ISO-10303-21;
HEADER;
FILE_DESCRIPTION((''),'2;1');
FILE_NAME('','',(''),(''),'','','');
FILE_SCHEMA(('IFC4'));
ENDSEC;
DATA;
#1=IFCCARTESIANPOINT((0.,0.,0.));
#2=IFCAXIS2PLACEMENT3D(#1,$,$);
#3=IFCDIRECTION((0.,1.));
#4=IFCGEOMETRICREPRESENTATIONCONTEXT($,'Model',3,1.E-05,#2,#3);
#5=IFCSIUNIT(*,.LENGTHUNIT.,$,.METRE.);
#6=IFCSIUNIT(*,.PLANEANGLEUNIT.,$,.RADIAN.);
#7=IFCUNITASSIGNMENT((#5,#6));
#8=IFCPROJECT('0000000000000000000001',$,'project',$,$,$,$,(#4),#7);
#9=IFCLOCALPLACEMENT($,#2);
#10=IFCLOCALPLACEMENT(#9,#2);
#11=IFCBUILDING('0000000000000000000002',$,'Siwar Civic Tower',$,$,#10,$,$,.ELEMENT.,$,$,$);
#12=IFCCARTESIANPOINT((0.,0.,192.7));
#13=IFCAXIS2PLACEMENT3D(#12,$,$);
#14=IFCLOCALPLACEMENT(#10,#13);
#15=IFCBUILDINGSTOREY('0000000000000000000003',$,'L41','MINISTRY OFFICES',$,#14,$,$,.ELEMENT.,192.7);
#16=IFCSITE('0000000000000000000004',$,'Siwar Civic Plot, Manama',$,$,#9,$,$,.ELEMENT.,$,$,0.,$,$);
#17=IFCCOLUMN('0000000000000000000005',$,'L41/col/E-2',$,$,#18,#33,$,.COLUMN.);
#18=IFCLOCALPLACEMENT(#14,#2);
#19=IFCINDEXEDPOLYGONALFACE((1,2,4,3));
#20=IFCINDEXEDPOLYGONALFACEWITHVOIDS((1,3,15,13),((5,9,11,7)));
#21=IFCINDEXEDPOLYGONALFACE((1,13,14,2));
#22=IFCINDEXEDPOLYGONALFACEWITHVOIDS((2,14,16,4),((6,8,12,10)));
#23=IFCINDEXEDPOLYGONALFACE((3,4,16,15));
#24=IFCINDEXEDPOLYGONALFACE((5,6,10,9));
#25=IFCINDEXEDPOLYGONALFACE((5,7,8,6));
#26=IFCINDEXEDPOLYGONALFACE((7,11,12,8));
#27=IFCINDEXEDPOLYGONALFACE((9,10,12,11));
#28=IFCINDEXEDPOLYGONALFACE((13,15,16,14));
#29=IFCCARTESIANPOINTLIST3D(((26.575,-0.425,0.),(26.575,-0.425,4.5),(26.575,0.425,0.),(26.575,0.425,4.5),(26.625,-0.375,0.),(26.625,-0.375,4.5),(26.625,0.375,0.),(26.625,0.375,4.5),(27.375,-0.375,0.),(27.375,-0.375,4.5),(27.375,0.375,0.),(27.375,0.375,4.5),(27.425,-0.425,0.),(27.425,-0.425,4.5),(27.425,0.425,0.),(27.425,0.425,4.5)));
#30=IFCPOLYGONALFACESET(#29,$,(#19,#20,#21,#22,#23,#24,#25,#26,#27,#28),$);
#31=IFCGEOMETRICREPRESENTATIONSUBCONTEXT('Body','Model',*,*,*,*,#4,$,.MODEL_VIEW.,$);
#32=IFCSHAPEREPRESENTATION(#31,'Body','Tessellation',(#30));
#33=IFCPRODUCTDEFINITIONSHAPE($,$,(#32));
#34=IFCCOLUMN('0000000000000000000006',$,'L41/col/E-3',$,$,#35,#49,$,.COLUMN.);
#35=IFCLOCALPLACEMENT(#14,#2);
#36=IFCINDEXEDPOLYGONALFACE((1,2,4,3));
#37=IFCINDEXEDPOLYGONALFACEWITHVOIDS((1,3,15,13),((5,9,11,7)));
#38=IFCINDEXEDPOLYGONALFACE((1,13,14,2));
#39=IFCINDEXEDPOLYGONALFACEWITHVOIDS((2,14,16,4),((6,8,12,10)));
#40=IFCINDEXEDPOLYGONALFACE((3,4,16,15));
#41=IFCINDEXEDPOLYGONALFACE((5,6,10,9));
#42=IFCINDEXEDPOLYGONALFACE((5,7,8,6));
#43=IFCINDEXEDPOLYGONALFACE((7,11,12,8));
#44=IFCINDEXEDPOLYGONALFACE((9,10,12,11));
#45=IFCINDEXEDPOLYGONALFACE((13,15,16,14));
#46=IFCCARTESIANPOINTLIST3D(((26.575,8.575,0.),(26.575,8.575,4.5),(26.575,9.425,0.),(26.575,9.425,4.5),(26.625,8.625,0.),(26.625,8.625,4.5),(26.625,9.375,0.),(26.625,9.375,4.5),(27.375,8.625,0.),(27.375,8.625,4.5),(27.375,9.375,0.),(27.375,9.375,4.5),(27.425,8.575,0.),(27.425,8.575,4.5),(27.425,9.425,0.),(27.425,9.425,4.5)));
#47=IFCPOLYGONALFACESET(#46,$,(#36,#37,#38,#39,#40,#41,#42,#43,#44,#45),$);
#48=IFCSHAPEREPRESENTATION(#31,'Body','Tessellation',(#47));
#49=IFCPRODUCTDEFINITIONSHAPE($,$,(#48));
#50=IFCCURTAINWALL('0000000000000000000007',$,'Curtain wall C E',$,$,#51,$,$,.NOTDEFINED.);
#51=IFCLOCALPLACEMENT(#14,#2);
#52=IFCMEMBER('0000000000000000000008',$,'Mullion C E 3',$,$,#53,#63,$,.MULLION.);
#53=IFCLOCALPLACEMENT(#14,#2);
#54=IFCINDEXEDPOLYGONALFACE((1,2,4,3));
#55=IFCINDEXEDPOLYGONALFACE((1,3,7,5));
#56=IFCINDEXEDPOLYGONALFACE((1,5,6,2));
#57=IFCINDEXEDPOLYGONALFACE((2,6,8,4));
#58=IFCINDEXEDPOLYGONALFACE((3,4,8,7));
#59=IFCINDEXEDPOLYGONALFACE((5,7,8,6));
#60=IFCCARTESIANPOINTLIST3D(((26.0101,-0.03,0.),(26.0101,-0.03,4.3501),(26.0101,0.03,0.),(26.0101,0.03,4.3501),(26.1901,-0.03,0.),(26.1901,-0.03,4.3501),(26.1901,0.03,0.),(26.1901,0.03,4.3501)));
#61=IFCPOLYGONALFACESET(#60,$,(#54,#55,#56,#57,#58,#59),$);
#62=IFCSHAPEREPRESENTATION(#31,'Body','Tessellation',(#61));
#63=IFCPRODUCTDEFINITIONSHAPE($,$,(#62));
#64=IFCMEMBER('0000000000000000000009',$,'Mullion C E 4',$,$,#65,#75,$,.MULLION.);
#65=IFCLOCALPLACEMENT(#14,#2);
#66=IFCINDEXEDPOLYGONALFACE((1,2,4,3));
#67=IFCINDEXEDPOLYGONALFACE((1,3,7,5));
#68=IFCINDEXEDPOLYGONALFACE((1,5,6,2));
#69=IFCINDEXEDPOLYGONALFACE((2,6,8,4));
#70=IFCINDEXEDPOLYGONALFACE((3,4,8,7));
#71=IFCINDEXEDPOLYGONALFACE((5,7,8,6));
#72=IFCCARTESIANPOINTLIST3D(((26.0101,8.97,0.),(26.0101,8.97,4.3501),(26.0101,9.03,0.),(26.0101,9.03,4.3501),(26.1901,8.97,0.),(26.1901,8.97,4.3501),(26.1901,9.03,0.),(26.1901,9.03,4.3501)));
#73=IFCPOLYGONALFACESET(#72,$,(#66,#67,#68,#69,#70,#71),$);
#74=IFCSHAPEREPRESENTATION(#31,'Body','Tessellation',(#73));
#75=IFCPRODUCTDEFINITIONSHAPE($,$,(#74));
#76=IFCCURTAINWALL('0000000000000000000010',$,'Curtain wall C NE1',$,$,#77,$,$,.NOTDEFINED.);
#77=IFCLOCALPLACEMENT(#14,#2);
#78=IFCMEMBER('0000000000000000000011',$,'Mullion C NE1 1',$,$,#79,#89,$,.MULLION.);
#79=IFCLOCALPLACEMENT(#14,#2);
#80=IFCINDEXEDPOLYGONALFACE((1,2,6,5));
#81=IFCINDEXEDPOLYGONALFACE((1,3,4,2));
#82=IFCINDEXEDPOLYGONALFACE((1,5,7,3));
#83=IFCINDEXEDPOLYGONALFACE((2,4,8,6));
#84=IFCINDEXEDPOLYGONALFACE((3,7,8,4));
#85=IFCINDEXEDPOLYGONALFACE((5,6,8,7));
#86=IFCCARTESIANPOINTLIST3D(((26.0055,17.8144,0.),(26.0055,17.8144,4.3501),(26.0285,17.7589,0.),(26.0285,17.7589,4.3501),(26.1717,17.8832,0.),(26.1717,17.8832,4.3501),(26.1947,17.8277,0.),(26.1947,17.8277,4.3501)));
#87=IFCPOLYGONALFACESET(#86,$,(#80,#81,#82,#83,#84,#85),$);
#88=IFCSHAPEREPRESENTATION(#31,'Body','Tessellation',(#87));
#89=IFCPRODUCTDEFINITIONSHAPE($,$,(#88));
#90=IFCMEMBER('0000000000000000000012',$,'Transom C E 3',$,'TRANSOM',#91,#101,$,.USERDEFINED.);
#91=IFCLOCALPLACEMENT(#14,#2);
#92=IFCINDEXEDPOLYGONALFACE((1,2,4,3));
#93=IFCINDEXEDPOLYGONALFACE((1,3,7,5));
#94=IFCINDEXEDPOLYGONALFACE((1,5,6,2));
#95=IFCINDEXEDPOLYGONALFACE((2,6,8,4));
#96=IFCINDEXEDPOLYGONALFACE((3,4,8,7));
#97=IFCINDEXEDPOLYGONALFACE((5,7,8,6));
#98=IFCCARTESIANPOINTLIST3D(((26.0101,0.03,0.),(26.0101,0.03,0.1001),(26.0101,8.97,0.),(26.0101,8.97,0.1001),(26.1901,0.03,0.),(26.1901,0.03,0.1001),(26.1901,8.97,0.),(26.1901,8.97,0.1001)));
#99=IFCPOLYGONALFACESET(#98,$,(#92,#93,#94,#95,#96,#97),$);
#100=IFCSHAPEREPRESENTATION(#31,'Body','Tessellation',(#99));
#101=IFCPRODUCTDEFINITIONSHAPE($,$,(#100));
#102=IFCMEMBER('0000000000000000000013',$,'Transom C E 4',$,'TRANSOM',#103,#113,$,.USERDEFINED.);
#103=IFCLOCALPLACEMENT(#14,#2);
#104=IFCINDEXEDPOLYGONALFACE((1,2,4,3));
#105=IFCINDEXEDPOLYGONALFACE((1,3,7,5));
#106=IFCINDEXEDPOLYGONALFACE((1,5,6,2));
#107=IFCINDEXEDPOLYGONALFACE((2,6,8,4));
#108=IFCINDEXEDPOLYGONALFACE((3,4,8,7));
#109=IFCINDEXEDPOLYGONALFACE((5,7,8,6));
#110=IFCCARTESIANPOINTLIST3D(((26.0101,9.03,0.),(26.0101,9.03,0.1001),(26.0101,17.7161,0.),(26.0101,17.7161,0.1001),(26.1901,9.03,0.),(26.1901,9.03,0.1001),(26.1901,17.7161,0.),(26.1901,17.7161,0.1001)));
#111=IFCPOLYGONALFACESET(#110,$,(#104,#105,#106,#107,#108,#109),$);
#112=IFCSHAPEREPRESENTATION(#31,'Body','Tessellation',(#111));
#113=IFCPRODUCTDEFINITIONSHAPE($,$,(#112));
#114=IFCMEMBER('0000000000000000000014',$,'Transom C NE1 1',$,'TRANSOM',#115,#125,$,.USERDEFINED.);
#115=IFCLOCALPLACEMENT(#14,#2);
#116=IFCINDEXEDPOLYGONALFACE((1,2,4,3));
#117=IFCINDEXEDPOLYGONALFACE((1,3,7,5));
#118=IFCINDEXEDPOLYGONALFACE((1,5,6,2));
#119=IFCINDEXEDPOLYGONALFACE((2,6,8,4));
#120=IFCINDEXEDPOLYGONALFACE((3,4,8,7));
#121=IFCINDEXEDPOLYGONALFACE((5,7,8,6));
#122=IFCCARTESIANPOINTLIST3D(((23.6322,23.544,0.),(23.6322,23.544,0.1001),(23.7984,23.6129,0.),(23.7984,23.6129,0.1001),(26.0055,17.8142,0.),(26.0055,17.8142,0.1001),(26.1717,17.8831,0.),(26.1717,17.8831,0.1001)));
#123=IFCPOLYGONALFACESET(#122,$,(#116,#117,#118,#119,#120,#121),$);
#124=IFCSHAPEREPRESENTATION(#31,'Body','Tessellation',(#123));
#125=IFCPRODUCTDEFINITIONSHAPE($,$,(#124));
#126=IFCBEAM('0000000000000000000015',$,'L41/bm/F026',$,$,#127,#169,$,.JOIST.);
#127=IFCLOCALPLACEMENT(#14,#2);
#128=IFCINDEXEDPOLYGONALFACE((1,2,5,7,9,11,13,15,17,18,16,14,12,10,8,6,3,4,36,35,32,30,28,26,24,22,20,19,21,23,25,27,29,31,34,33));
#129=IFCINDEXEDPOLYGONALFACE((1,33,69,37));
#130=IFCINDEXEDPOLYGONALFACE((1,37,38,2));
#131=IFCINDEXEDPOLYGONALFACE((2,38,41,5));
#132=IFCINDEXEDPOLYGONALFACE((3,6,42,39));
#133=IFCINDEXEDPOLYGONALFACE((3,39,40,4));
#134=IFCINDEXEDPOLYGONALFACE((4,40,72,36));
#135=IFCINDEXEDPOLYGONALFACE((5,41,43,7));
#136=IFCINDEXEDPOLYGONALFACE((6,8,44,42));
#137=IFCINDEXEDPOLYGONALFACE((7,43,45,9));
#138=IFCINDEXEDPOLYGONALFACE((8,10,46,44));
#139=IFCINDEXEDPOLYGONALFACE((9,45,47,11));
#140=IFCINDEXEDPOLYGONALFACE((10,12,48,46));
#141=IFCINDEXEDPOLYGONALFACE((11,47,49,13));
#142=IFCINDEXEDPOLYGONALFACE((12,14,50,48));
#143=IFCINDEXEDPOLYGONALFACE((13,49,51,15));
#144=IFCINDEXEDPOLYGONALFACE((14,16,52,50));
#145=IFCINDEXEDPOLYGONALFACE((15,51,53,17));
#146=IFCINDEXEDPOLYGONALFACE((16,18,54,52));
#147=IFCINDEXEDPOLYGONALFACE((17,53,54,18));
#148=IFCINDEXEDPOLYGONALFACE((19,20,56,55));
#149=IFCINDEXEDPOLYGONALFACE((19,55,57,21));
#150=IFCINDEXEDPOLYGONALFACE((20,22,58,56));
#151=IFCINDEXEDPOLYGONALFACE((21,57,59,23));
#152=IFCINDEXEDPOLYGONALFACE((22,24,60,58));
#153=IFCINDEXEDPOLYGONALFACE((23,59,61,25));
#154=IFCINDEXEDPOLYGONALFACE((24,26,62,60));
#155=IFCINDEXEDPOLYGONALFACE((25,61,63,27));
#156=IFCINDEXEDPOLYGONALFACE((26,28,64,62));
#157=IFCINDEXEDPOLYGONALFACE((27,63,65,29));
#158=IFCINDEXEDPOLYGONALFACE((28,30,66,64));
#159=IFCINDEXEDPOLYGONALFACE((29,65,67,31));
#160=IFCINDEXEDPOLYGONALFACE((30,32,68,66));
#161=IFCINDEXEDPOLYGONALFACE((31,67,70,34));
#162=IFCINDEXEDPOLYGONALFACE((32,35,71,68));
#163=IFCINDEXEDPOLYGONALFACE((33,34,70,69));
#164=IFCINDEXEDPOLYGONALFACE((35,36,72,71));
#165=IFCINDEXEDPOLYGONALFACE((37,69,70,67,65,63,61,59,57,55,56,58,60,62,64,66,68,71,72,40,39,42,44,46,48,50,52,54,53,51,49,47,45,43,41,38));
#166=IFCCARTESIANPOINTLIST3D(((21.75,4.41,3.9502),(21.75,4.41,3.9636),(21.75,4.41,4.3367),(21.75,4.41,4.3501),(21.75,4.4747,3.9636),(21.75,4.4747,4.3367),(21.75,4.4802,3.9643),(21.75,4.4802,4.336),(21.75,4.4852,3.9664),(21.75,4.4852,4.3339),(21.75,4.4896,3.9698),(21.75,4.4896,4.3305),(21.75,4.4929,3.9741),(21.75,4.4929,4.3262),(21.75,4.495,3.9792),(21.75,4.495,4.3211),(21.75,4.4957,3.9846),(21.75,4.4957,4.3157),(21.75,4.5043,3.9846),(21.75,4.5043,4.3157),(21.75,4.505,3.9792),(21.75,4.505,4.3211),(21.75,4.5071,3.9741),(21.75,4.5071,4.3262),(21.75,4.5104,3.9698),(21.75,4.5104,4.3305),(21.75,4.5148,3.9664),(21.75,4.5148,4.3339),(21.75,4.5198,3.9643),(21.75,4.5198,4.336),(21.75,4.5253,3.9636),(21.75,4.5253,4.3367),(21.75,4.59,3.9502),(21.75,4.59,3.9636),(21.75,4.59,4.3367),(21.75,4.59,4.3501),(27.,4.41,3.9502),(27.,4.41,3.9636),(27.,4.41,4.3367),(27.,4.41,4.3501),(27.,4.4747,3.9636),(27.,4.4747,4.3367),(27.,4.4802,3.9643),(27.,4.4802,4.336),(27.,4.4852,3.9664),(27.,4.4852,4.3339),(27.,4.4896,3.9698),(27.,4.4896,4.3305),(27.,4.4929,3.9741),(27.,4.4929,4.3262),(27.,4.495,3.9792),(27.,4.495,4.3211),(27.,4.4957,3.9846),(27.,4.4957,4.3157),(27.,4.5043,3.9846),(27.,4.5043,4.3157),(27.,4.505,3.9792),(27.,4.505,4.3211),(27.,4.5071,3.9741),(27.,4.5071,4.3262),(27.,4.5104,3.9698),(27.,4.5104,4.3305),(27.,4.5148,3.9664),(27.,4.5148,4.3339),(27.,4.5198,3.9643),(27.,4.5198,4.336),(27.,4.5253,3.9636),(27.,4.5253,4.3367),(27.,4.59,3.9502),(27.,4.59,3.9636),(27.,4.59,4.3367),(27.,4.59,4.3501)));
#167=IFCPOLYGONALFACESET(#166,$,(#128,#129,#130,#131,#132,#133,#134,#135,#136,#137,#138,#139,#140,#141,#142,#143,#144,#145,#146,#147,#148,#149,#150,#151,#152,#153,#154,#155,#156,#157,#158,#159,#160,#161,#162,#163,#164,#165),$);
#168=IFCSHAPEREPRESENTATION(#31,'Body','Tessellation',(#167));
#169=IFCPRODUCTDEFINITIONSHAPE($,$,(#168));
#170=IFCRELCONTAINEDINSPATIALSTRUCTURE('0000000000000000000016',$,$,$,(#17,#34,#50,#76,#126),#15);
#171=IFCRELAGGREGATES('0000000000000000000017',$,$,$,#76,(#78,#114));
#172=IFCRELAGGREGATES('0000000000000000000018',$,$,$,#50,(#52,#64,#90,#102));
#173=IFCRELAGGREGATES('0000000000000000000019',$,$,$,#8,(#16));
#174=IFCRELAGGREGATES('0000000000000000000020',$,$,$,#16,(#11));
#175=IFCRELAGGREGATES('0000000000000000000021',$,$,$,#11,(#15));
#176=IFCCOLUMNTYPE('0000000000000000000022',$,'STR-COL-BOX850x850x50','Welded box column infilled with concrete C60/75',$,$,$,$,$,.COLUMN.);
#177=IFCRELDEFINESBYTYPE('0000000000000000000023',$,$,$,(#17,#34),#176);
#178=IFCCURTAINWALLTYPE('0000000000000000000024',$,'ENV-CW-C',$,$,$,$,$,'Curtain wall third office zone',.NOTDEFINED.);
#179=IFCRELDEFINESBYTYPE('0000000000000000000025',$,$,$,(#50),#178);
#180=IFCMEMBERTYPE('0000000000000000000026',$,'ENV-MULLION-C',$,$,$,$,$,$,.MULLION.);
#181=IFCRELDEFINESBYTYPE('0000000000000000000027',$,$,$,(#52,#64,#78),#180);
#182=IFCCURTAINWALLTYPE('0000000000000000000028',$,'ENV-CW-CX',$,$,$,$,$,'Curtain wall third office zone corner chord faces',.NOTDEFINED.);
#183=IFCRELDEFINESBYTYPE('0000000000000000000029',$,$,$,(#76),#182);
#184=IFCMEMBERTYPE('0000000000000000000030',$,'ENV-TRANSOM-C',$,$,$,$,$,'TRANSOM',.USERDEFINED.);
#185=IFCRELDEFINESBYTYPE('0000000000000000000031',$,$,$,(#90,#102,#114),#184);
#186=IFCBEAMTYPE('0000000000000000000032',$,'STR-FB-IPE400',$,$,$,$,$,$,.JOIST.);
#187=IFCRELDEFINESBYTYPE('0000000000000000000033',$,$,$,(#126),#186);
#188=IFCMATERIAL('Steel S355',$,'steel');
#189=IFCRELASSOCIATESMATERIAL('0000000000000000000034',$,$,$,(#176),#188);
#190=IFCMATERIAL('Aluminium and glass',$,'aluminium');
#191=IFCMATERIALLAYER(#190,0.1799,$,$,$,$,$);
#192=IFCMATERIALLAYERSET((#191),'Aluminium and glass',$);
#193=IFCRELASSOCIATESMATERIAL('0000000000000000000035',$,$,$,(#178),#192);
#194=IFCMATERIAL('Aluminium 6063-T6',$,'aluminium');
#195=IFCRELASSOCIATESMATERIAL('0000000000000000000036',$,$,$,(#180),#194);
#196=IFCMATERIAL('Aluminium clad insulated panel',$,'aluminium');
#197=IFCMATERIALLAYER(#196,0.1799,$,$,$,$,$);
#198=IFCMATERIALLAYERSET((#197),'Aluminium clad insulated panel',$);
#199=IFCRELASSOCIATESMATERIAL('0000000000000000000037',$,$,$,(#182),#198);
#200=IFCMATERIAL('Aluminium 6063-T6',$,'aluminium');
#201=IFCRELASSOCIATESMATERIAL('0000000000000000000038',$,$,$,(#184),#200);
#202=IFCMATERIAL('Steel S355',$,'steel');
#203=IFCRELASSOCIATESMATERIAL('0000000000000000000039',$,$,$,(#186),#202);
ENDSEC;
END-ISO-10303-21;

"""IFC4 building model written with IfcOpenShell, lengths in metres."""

from ifc_helpers import new_model, si_unit, direction, frame, origin, origin_2d, place, context, subcontext, project, spatial, rectangle, hollow_rectangle, i_section, extrude, material, layer, layer_set, material_profile, profile_set, type_object, element, aggregate, save


model = new_model("IFC4")

# Units and contexts
model_context = context("Model", 3, precision=1e-05, world=origin(), true_north=direction((0.0, 1.0)))
body_context = subcontext(model_context, "Body", "Model", "MODEL_VIEW")
ifc_project = project(units=[si_unit("LENGTHUNIT", "METRE"), si_unit("PLANEANGLEUNIT", "RADIAN")], contexts=[model_context])

# Site, building, storey
site_placement = place(None, origin())
site = spatial("IfcSite", under=ifc_project, at=site_placement, Name="Siwar Civic Plot, Manama", CompositionType="ELEMENT", RefElevation=0.0)
building_placement = place(site_placement, origin())
building = spatial("IfcBuilding", under=site, at=building_placement, Name="Siwar Civic Tower", CompositionType="ELEMENT")
storey_placement = place(building_placement, frame((0.0, 0.0, 192.7)))
storey = spatial("IfcBuildingStorey", under=building, at=storey_placement, Name="L41", Description="MINISTRY OFFICES", CompositionType="ELEMENT", Elevation=192.7)

# Columns
ifc_material_1 = material(Name="Steel S355", Category="steel")
ifc_material_profile_1 = material_profile(ifc_material_1, hollow_rectangle(XDim=0.8501, YDim=0.8501, WallThickness=0.05, at=origin_2d()), Name="BOX850x850x50")
ifc_profile_set_1 = profile_set([ifc_material_profile_1], Name="Steel S355")
column_type = type_object("IfcColumnType", Name="STR-COL-BOX850x850x50", Description="Welded box column infilled with concrete C60/75", PredefinedType="COLUMN", material=ifc_profile_set_1)
for number, where, z_axis, x_axis, name in (
    (1, (27.0, 0.0, 0.0), (0.0, 0.0, 1.0), (1.0, 0.0, 0.0), "L41/col/E-2"),
    (2, (27.0, 9.0, 0.0), (0.0, 0.0, 1.0), (1.0, 0.0, 0.0), "L41/col/E-3"),
):
    element("IfcColumn", number, at=place(storey_placement, frame(where, z_axis=z_axis, x_axis=x_axis)), inside=storey, type_object=column_type, Name=name, PredefinedType="COLUMN", context=body_context, shape_type="SweptSolid", body=[
        extrude(hollow_rectangle(XDim=0.8501, YDim=0.8501, WallThickness=0.05, at=origin_2d()), origin(), (0.0, 0.0, 1.0), 4.5),
    ])

# Curtain wall, members
ifc_material_2 = material(Name="Aluminium and glass", Category="aluminium")
ifc_layer_1 = layer(ifc_material_2, 0.1799)
ifc_layer_set_1 = layer_set([ifc_layer_1], Name="Aluminium and glass")
curtain_wall_type_1 = type_object("IfcCurtainWallType", Name="ENV-CW-C", ElementType="Curtain wall third office zone", PredefinedType="NOTDEFINED", material=ifc_layer_set_1)
curtain_wall_1_placement = place(storey_placement, origin())
curtain_wall_1 = element("IfcCurtainWall", 3, at=curtain_wall_1_placement, inside=storey, type_object=curtain_wall_type_1, Name="Curtain wall C E", PredefinedType="NOTDEFINED")
ifc_material_3 = material(Name="Aluminium 6063-T6", Category="aluminium")
ifc_material_profile_2 = material_profile(ifc_material_3, rectangle(XDim=0.1799, YDim=0.0601, at=origin_2d()), Name="AL 180x60")
ifc_profile_set_2 = profile_set([ifc_material_profile_2], Name="Aluminium 6063-T6")
member_type_1 = type_object("IfcMemberType", Name="ENV-MULLION-C", PredefinedType="MULLION", material=ifc_profile_set_2)
member_1_placement = place(storey_placement, frame((26.1001, 0.0, 0.0), z_axis=(0.0, 0.0, 1.0), x_axis=(-1.0, 0.0, 0.0)))
member_1 = element("IfcMember", 4, at=member_1_placement, type_object=member_type_1, Name="Mullion C E 3", PredefinedType="MULLION", context=body_context, shape_type="SweptSolid", body=[
    extrude(rectangle(XDim=0.1799, YDim=0.0601, at=origin_2d()), origin(), (0.0, 0.0, 1.0), 4.3501),
])
member_2_placement = place(storey_placement, frame((26.1001, 9.0, 0.0), z_axis=(0.0, 0.0, 1.0), x_axis=(-1.0, 0.0, 0.0)))
member_2 = element("IfcMember", 5, at=member_2_placement, type_object=member_type_1, Name="Mullion C E 4", PredefinedType="MULLION", context=body_context, shape_type="SweptSolid", body=[
    extrude(rectangle(XDim=0.1799, YDim=0.0601, at=origin_2d()), origin(), (0.0, 0.0, 1.0), 4.3501),
])

# Curtain wall, member
ifc_material_4 = material(Name="Aluminium clad insulated panel", Category="aluminium")
ifc_layer_2 = layer(ifc_material_4, 0.1799)
ifc_layer_set_2 = layer_set([ifc_layer_2], Name="Aluminium clad insulated panel")
curtain_wall_type_2 = type_object("IfcCurtainWallType", Name="ENV-CW-CX", ElementType="Curtain wall third office zone corner chord faces", PredefinedType="NOTDEFINED", material=ifc_layer_set_2)
curtain_wall_2_placement = place(storey_placement, origin())
curtain_wall_2 = element("IfcCurtainWall", 6, at=curtain_wall_2_placement, inside=storey, type_object=curtain_wall_type_2, Name="Curtain wall C NE1", PredefinedType="NOTDEFINED")
member_3_placement = place(storey_placement, frame((26.1001, 17.821, 0.0), z_axis=(0.0, 0.0, 1.0), x_axis=(-0.92388, -0.382683, 0.0)))
member_3 = element("IfcMember", 7, at=member_3_placement, type_object=member_type_1, Name="Mullion C NE1 1", PredefinedType="MULLION", context=body_context, shape_type="SweptSolid", body=[
    extrude(rectangle(XDim=0.1799, YDim=0.0601, at=origin_2d()), origin(), (0.0, 0.0, 1.0), 4.3501),
])

# Members
ifc_material_5 = material(Name="Aluminium 6063-T6", Category="aluminium")
ifc_material_profile_3 = material_profile(ifc_material_5, rectangle(XDim=0.1799, YDim=0.1001, at=origin_2d()), Name="AL 180x100")
ifc_profile_set_3 = profile_set([ifc_material_profile_3], Name="Aluminium 6063-T6")
member_type_2 = type_object("IfcMemberType", Name="ENV-TRANSOM-C", ElementType="TRANSOM", PredefinedType="USERDEFINED", material=ifc_profile_set_3)
member_4_placement = place(storey_placement, frame((26.1001, 0.03, 0.05), z_axis=(0.0, 1.0, 0.0), x_axis=(-1.0, 0.0, 0.0)))
member_4 = element("IfcMember", 8, at=member_4_placement, type_object=member_type_2, Name="Transom C E 3", ObjectType="TRANSOM", PredefinedType="USERDEFINED", context=body_context, shape_type="SweptSolid", body=[
    extrude(rectangle(XDim=0.1799, YDim=0.1001, at=origin_2d()), origin(), (0.0, 0.0, 1.0), 8.9399),
])
member_5_placement = place(storey_placement, frame((26.1001, 9.03, 0.05), z_axis=(0.0, 1.0, 0.0), x_axis=(-1.0, 0.0, 0.0)))
member_5 = element("IfcMember", 9, at=member_5_placement, type_object=member_type_2, Name="Transom C E 4", ObjectType="TRANSOM", PredefinedType="USERDEFINED", context=body_context, shape_type="SweptSolid", body=[
    extrude(rectangle(XDim=0.1799, YDim=0.1001, at=origin_2d()), origin(), (0.0, 0.0, 1.0), 8.686),
])
member_6_placement = place(storey_placement, frame((26.0886, 17.8486, 0.05), z_axis=(-0.382677, 0.923882, 0.0), x_axis=(-0.923882, -0.382677, 0.0)))
member_6 = element("IfcMember", 10, at=member_6_placement, type_object=member_type_2, Name="Transom C NE1 1", ObjectType="TRANSOM", PredefinedType="USERDEFINED", context=body_context, shape_type="SweptSolid", body=[
    extrude(rectangle(XDim=0.1799, YDim=0.1001, at=origin_2d()), origin(), (0.0, 0.0, 1.0), 6.2019),
])
aggregate(curtain_wall_2, [member_3, member_6])

# Beam
ifc_material_6 = material(Name="Steel S355", Category="steel")
ifc_material_profile_4 = material_profile(ifc_material_6, i_section(OverallWidth=0.1799, OverallDepth=0.3999, WebThickness=0.0085, FlangeThickness=0.0134, FilletRadius=0.021, at=origin_2d()), Name="IPE400")
ifc_profile_set_4 = profile_set([ifc_material_profile_4], Name="Steel S355")
beam_type_1 = type_object("IfcBeamType", Name="STR-FB-IPE400", PredefinedType="JOIST", material=ifc_profile_set_4)
for number, where, z_axis, x_axis, name in (
    (11, (21.75, 4.5, 4.1501), (1.0, 0.0, 0.0), (0.0, 1.0, 0.0), "L41/bm/F026"),
):
    element("IfcBeam", number, at=place(storey_placement, frame(where, z_axis=z_axis, x_axis=x_axis)), inside=storey, type_object=beam_type_1, Name=name, PredefinedType="JOIST", context=body_context, shape_type="SweptSolid", body=[
        extrude(i_section(OverallWidth=0.1799, OverallDepth=0.3999, WebThickness=0.0085, FlangeThickness=0.0134, FilletRadius=0.021, at=origin_2d()), origin(), (0.0, 0.0, 1.0), 5.25),
    ])

aggregate(curtain_wall_1, [member_1, member_2, member_4, member_5])

save(model, "model.ifc")
